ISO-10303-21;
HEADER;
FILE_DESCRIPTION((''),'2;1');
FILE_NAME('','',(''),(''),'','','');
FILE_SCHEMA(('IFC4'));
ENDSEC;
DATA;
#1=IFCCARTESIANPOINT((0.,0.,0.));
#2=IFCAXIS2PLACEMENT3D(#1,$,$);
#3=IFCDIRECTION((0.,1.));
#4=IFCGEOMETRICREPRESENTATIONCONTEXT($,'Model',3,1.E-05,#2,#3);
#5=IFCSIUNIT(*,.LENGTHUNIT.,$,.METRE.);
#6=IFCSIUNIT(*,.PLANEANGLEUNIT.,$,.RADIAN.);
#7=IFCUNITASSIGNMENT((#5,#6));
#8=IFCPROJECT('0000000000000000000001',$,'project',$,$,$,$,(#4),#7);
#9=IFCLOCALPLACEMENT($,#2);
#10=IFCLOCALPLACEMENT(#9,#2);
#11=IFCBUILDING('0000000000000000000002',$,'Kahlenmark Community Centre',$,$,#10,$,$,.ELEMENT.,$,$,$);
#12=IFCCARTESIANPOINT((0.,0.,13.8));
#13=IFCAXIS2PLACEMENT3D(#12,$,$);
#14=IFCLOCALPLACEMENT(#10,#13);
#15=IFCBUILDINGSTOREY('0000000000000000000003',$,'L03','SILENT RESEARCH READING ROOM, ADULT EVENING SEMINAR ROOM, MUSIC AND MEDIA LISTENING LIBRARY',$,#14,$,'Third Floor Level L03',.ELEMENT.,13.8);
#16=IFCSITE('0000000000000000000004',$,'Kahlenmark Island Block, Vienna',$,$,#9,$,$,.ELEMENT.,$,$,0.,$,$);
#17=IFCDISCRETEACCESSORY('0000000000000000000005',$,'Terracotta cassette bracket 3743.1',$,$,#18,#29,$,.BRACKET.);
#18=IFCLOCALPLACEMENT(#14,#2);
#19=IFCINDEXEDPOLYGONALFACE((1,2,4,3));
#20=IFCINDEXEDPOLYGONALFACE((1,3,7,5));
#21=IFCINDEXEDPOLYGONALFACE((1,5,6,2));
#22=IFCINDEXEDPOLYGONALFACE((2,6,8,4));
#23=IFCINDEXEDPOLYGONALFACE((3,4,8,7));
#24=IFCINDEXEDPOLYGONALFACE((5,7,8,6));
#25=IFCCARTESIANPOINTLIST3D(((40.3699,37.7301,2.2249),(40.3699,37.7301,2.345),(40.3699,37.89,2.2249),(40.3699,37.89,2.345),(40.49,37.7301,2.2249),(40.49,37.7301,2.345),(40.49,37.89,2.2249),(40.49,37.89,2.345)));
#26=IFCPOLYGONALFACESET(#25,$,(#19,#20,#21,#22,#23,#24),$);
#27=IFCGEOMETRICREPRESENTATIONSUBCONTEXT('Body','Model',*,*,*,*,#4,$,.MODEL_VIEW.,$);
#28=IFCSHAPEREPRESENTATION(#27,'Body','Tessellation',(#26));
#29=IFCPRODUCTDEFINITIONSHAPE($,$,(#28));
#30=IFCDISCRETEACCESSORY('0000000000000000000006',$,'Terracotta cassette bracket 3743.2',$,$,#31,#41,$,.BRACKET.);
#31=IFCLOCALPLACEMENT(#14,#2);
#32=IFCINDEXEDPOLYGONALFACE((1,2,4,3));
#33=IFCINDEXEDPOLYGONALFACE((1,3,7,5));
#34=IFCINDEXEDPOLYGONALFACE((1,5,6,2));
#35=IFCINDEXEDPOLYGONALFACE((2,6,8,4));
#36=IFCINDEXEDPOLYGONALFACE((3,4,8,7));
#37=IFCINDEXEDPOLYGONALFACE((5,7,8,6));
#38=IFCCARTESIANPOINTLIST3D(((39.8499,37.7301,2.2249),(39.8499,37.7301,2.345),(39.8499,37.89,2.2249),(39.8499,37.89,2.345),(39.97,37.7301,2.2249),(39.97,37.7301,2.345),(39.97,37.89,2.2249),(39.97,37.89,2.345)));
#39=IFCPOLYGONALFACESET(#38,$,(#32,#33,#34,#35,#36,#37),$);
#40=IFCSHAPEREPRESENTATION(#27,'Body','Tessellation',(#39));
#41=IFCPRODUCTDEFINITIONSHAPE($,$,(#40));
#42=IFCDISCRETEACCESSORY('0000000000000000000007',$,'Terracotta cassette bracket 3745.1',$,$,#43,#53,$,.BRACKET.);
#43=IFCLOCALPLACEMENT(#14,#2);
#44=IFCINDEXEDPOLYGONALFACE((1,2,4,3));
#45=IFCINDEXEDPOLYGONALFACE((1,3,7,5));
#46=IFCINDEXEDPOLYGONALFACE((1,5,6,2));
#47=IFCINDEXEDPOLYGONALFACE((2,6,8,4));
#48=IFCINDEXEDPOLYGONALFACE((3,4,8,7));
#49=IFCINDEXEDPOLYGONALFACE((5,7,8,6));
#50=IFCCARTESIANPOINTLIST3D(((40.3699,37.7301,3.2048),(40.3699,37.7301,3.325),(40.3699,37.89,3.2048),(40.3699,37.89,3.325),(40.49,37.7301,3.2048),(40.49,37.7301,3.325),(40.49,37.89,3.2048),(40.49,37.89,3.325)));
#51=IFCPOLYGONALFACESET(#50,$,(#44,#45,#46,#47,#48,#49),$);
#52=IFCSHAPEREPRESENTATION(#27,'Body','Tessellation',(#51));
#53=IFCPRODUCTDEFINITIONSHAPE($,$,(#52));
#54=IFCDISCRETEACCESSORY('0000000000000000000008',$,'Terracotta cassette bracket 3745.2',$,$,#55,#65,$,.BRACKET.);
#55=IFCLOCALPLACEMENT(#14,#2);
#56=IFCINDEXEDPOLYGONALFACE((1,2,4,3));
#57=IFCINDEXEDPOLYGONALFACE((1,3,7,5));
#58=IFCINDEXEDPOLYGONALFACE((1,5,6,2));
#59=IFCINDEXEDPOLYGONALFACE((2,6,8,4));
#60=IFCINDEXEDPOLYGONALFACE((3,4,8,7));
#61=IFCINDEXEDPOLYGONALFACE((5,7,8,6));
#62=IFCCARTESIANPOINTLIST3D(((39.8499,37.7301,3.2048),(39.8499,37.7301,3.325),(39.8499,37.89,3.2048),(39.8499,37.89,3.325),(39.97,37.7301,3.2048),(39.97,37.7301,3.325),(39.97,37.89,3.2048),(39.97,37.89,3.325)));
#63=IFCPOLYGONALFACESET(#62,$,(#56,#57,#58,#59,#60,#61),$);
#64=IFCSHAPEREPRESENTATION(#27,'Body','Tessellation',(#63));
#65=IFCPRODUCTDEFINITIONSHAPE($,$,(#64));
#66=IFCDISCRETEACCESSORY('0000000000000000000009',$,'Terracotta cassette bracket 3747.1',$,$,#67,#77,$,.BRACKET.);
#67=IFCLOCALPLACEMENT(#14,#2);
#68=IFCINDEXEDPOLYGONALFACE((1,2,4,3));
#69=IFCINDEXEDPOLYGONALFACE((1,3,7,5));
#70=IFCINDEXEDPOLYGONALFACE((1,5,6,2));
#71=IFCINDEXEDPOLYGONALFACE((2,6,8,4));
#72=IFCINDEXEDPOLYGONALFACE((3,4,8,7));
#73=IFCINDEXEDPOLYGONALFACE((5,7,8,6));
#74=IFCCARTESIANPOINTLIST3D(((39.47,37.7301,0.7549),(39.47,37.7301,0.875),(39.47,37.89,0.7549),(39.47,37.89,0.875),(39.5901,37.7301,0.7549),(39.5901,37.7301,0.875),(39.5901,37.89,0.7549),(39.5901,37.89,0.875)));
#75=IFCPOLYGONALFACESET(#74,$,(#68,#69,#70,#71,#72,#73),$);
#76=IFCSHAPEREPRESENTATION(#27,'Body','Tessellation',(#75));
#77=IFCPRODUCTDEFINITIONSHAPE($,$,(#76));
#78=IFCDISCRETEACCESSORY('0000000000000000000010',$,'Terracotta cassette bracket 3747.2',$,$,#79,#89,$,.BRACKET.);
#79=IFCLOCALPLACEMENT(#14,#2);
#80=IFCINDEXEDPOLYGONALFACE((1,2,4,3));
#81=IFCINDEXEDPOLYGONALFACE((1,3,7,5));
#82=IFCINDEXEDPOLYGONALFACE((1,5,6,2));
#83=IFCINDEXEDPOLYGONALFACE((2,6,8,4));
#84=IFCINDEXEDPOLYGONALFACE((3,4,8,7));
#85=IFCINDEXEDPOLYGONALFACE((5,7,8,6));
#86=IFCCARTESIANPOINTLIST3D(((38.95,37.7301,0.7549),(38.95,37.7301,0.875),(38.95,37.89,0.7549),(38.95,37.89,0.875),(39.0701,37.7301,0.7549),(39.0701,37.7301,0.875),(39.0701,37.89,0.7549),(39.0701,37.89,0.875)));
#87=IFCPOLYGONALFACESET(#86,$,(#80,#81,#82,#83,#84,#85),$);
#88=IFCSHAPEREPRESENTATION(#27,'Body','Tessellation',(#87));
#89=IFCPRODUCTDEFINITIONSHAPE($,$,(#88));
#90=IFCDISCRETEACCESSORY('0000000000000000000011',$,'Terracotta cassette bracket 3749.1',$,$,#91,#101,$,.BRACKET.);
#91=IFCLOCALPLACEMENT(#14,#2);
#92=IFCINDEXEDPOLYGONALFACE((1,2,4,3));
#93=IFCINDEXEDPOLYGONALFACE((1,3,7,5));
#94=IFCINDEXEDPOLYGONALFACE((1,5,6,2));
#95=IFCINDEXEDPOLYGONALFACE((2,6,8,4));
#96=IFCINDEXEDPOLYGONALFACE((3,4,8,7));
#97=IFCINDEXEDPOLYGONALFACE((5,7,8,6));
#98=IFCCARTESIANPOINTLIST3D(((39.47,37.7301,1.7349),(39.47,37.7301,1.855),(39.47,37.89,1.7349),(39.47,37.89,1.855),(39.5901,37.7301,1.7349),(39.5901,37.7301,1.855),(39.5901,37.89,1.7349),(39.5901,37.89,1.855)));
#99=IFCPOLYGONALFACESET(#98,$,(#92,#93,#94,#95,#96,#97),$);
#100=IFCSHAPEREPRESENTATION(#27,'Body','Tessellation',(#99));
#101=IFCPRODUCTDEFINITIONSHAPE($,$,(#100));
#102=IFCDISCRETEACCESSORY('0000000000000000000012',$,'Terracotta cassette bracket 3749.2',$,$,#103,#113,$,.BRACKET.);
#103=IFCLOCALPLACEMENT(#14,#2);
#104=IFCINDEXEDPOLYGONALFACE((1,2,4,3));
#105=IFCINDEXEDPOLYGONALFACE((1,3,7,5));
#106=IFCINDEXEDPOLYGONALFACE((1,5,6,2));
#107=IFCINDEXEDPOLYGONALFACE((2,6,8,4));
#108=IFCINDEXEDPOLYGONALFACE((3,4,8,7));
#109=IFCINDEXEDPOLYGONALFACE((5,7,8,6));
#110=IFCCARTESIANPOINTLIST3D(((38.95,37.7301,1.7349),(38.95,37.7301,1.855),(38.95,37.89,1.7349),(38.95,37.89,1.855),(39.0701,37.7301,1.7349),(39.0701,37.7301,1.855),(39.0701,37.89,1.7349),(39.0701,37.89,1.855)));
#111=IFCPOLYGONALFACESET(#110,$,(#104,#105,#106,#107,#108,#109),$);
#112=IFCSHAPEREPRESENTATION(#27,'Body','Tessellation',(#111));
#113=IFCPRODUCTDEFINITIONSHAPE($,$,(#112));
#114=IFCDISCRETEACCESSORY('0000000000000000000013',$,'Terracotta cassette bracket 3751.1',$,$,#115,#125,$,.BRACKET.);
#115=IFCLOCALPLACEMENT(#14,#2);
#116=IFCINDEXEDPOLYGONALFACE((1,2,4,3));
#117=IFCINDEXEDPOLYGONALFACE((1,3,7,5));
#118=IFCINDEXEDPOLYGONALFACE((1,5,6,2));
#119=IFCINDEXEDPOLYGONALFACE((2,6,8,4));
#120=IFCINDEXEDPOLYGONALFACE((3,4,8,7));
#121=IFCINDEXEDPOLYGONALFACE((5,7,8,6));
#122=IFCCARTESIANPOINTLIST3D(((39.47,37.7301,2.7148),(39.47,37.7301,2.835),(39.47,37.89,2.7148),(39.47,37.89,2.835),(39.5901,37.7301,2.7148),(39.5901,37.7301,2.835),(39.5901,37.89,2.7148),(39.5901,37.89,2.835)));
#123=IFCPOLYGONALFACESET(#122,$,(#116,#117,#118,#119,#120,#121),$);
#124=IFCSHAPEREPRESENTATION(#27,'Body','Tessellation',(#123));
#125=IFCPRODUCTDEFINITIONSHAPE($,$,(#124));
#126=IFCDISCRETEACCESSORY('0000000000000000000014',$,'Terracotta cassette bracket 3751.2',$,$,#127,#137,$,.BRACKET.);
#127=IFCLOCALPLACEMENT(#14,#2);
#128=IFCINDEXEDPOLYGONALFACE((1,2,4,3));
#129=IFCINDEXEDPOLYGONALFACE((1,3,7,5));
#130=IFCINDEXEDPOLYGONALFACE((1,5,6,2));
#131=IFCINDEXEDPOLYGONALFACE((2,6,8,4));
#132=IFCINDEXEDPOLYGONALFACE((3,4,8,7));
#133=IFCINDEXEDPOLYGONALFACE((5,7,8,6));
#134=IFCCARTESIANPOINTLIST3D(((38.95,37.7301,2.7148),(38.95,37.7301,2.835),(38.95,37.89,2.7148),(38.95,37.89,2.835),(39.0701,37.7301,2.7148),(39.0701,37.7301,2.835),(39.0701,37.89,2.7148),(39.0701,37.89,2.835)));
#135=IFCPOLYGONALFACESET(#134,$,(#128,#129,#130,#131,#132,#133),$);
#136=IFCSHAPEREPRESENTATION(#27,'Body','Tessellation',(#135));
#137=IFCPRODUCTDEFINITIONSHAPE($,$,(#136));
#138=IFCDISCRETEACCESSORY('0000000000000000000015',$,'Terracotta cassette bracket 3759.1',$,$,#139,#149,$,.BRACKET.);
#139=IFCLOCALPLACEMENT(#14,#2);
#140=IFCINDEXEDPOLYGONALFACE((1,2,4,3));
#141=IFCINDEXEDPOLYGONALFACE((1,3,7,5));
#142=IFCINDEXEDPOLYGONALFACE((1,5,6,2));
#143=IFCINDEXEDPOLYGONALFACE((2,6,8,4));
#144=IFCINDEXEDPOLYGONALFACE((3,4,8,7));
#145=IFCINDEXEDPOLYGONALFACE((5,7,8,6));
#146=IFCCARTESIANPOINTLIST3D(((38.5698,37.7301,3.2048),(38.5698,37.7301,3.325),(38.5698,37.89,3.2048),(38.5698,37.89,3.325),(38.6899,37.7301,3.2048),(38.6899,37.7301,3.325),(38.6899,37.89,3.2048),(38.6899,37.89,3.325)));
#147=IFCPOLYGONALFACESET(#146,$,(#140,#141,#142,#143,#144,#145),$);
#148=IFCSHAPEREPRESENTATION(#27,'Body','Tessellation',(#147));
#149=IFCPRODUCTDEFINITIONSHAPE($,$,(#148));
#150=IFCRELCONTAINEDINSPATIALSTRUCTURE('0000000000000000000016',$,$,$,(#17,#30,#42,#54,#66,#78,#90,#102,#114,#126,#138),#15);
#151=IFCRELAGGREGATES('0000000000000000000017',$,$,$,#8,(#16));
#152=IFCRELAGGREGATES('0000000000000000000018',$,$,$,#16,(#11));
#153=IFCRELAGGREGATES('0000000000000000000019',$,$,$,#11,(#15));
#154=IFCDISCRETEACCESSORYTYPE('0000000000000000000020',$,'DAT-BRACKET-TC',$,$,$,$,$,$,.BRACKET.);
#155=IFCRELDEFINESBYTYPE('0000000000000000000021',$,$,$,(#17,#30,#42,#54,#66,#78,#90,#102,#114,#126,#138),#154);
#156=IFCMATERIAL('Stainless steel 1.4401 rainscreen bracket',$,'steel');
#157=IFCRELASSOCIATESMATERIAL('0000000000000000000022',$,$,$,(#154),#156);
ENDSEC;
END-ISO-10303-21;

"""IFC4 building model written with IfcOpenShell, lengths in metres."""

from ifc_helpers import new_model, si_unit, direction, frame, origin, origin_2d, place, context, subcontext, project, spatial, rectangle, extrude, material, type_object, element, save


model = new_model("IFC4")

# Units and contexts
model_context = context("Model", 3, precision=1e-05, world=origin(), true_north=direction((0.0, 1.0)))
body_context = subcontext(model_context, "Body", "Model", "MODEL_VIEW")
ifc_project = project(units=[si_unit("LENGTHUNIT", "METRE"), si_unit("PLANEANGLEUNIT", "RADIAN")], contexts=[model_context])

# Site, building, storey
site_placement = place(None, origin())
site = spatial("IfcSite", under=ifc_project, at=site_placement, Name="Kahlenmark Island Block, Vienna", CompositionType="ELEMENT", RefElevation=0.0)
building_placement = place(site_placement, origin())
building = spatial("IfcBuilding", under=site, at=building_placement, Name="Kahlenmark Community Centre", CompositionType="ELEMENT")
storey_placement = place(building_placement, frame((0.0, 0.0, 13.8)))
storey = spatial("IfcBuildingStorey", under=building, at=storey_placement, Name="L03", Description="SILENT RESEARCH READING ROOM, ADULT EVENING SEMINAR ROOM, MUSIC AND MEDIA LISTENING LIBRARY", LongName="Third Floor Level L03", CompositionType="ELEMENT", Elevation=13.8)

# Discrete accessories
ifc_material_1 = material(Name="Stainless steel 1.4401 rainscreen bracket", Category="steel")
discrete_accessory_type = type_object("IfcDiscreteAccessoryType", Name="DAT-BRACKET-TC", PredefinedType="BRACKET", material=ifc_material_1)
for number, where, z_axis, x_axis, name in (
    (1, (40.4299, 37.8101, 2.2249), (0.0, 0.0, 1.0), (-1.0, 0.0, 0.0), "Terracotta cassette bracket 3743.1"),
    (2, (39.9099, 37.8101, 2.2249), (0.0, 0.0, 1.0), (-1.0, 0.0, 0.0), "Terracotta cassette bracket 3743.2"),
    (3, (40.4299, 37.8101, 3.2048), (0.0, 0.0, 1.0), (-1.0, 0.0, 0.0), "Terracotta cassette bracket 3745.1"),
    (4, (39.9099, 37.8101, 3.2048), (0.0, 0.0, 1.0), (-1.0, 0.0, 0.0), "Terracotta cassette bracket 3745.2"),
    (5, (39.53, 37.8101, 0.7549), (0.0, 0.0, 1.0), (-1.0, 0.0, 0.0), "Terracotta cassette bracket 3747.1"),
    (6, (39.01, 37.8101, 0.7549), (0.0, 0.0, 1.0), (-1.0, 0.0, 0.0), "Terracotta cassette bracket 3747.2"),
    (7, (39.53, 37.8101, 1.7349), (0.0, 0.0, 1.0), (-1.0, 0.0, 0.0), "Terracotta cassette bracket 3749.1"),
    (8, (39.01, 37.8101, 1.7349), (0.0, 0.0, 1.0), (-1.0, 0.0, 0.0), "Terracotta cassette bracket 3749.2"),
    (9, (39.53, 37.8101, 2.7148), (0.0, 0.0, 1.0), (-1.0, 0.0, 0.0), "Terracotta cassette bracket 3751.1"),
    (10, (39.01, 37.8101, 2.7148), (0.0, 0.0, 1.0), (-1.0, 0.0, 0.0), "Terracotta cassette bracket 3751.2"),
    (11, (38.6299, 37.8101, 3.2048), (0.0, 0.0, 1.0), (-1.0, 0.0, 0.0), "Terracotta cassette bracket 3759.1"),
):
    element("IfcDiscreteAccessory", number, at=place(storey_placement, frame(where, z_axis=z_axis, x_axis=x_axis)), inside=storey, type_object=discrete_accessory_type, Name=name, PredefinedType="BRACKET", context=body_context, shape_type="SweptSolid", body=[
        extrude(rectangle(XDim=0.1201, YDim=0.1599, at=origin_2d()), origin(), (0.0, 0.0, 1.0), 0.1201),
    ])

save(model, "model.ifc")
